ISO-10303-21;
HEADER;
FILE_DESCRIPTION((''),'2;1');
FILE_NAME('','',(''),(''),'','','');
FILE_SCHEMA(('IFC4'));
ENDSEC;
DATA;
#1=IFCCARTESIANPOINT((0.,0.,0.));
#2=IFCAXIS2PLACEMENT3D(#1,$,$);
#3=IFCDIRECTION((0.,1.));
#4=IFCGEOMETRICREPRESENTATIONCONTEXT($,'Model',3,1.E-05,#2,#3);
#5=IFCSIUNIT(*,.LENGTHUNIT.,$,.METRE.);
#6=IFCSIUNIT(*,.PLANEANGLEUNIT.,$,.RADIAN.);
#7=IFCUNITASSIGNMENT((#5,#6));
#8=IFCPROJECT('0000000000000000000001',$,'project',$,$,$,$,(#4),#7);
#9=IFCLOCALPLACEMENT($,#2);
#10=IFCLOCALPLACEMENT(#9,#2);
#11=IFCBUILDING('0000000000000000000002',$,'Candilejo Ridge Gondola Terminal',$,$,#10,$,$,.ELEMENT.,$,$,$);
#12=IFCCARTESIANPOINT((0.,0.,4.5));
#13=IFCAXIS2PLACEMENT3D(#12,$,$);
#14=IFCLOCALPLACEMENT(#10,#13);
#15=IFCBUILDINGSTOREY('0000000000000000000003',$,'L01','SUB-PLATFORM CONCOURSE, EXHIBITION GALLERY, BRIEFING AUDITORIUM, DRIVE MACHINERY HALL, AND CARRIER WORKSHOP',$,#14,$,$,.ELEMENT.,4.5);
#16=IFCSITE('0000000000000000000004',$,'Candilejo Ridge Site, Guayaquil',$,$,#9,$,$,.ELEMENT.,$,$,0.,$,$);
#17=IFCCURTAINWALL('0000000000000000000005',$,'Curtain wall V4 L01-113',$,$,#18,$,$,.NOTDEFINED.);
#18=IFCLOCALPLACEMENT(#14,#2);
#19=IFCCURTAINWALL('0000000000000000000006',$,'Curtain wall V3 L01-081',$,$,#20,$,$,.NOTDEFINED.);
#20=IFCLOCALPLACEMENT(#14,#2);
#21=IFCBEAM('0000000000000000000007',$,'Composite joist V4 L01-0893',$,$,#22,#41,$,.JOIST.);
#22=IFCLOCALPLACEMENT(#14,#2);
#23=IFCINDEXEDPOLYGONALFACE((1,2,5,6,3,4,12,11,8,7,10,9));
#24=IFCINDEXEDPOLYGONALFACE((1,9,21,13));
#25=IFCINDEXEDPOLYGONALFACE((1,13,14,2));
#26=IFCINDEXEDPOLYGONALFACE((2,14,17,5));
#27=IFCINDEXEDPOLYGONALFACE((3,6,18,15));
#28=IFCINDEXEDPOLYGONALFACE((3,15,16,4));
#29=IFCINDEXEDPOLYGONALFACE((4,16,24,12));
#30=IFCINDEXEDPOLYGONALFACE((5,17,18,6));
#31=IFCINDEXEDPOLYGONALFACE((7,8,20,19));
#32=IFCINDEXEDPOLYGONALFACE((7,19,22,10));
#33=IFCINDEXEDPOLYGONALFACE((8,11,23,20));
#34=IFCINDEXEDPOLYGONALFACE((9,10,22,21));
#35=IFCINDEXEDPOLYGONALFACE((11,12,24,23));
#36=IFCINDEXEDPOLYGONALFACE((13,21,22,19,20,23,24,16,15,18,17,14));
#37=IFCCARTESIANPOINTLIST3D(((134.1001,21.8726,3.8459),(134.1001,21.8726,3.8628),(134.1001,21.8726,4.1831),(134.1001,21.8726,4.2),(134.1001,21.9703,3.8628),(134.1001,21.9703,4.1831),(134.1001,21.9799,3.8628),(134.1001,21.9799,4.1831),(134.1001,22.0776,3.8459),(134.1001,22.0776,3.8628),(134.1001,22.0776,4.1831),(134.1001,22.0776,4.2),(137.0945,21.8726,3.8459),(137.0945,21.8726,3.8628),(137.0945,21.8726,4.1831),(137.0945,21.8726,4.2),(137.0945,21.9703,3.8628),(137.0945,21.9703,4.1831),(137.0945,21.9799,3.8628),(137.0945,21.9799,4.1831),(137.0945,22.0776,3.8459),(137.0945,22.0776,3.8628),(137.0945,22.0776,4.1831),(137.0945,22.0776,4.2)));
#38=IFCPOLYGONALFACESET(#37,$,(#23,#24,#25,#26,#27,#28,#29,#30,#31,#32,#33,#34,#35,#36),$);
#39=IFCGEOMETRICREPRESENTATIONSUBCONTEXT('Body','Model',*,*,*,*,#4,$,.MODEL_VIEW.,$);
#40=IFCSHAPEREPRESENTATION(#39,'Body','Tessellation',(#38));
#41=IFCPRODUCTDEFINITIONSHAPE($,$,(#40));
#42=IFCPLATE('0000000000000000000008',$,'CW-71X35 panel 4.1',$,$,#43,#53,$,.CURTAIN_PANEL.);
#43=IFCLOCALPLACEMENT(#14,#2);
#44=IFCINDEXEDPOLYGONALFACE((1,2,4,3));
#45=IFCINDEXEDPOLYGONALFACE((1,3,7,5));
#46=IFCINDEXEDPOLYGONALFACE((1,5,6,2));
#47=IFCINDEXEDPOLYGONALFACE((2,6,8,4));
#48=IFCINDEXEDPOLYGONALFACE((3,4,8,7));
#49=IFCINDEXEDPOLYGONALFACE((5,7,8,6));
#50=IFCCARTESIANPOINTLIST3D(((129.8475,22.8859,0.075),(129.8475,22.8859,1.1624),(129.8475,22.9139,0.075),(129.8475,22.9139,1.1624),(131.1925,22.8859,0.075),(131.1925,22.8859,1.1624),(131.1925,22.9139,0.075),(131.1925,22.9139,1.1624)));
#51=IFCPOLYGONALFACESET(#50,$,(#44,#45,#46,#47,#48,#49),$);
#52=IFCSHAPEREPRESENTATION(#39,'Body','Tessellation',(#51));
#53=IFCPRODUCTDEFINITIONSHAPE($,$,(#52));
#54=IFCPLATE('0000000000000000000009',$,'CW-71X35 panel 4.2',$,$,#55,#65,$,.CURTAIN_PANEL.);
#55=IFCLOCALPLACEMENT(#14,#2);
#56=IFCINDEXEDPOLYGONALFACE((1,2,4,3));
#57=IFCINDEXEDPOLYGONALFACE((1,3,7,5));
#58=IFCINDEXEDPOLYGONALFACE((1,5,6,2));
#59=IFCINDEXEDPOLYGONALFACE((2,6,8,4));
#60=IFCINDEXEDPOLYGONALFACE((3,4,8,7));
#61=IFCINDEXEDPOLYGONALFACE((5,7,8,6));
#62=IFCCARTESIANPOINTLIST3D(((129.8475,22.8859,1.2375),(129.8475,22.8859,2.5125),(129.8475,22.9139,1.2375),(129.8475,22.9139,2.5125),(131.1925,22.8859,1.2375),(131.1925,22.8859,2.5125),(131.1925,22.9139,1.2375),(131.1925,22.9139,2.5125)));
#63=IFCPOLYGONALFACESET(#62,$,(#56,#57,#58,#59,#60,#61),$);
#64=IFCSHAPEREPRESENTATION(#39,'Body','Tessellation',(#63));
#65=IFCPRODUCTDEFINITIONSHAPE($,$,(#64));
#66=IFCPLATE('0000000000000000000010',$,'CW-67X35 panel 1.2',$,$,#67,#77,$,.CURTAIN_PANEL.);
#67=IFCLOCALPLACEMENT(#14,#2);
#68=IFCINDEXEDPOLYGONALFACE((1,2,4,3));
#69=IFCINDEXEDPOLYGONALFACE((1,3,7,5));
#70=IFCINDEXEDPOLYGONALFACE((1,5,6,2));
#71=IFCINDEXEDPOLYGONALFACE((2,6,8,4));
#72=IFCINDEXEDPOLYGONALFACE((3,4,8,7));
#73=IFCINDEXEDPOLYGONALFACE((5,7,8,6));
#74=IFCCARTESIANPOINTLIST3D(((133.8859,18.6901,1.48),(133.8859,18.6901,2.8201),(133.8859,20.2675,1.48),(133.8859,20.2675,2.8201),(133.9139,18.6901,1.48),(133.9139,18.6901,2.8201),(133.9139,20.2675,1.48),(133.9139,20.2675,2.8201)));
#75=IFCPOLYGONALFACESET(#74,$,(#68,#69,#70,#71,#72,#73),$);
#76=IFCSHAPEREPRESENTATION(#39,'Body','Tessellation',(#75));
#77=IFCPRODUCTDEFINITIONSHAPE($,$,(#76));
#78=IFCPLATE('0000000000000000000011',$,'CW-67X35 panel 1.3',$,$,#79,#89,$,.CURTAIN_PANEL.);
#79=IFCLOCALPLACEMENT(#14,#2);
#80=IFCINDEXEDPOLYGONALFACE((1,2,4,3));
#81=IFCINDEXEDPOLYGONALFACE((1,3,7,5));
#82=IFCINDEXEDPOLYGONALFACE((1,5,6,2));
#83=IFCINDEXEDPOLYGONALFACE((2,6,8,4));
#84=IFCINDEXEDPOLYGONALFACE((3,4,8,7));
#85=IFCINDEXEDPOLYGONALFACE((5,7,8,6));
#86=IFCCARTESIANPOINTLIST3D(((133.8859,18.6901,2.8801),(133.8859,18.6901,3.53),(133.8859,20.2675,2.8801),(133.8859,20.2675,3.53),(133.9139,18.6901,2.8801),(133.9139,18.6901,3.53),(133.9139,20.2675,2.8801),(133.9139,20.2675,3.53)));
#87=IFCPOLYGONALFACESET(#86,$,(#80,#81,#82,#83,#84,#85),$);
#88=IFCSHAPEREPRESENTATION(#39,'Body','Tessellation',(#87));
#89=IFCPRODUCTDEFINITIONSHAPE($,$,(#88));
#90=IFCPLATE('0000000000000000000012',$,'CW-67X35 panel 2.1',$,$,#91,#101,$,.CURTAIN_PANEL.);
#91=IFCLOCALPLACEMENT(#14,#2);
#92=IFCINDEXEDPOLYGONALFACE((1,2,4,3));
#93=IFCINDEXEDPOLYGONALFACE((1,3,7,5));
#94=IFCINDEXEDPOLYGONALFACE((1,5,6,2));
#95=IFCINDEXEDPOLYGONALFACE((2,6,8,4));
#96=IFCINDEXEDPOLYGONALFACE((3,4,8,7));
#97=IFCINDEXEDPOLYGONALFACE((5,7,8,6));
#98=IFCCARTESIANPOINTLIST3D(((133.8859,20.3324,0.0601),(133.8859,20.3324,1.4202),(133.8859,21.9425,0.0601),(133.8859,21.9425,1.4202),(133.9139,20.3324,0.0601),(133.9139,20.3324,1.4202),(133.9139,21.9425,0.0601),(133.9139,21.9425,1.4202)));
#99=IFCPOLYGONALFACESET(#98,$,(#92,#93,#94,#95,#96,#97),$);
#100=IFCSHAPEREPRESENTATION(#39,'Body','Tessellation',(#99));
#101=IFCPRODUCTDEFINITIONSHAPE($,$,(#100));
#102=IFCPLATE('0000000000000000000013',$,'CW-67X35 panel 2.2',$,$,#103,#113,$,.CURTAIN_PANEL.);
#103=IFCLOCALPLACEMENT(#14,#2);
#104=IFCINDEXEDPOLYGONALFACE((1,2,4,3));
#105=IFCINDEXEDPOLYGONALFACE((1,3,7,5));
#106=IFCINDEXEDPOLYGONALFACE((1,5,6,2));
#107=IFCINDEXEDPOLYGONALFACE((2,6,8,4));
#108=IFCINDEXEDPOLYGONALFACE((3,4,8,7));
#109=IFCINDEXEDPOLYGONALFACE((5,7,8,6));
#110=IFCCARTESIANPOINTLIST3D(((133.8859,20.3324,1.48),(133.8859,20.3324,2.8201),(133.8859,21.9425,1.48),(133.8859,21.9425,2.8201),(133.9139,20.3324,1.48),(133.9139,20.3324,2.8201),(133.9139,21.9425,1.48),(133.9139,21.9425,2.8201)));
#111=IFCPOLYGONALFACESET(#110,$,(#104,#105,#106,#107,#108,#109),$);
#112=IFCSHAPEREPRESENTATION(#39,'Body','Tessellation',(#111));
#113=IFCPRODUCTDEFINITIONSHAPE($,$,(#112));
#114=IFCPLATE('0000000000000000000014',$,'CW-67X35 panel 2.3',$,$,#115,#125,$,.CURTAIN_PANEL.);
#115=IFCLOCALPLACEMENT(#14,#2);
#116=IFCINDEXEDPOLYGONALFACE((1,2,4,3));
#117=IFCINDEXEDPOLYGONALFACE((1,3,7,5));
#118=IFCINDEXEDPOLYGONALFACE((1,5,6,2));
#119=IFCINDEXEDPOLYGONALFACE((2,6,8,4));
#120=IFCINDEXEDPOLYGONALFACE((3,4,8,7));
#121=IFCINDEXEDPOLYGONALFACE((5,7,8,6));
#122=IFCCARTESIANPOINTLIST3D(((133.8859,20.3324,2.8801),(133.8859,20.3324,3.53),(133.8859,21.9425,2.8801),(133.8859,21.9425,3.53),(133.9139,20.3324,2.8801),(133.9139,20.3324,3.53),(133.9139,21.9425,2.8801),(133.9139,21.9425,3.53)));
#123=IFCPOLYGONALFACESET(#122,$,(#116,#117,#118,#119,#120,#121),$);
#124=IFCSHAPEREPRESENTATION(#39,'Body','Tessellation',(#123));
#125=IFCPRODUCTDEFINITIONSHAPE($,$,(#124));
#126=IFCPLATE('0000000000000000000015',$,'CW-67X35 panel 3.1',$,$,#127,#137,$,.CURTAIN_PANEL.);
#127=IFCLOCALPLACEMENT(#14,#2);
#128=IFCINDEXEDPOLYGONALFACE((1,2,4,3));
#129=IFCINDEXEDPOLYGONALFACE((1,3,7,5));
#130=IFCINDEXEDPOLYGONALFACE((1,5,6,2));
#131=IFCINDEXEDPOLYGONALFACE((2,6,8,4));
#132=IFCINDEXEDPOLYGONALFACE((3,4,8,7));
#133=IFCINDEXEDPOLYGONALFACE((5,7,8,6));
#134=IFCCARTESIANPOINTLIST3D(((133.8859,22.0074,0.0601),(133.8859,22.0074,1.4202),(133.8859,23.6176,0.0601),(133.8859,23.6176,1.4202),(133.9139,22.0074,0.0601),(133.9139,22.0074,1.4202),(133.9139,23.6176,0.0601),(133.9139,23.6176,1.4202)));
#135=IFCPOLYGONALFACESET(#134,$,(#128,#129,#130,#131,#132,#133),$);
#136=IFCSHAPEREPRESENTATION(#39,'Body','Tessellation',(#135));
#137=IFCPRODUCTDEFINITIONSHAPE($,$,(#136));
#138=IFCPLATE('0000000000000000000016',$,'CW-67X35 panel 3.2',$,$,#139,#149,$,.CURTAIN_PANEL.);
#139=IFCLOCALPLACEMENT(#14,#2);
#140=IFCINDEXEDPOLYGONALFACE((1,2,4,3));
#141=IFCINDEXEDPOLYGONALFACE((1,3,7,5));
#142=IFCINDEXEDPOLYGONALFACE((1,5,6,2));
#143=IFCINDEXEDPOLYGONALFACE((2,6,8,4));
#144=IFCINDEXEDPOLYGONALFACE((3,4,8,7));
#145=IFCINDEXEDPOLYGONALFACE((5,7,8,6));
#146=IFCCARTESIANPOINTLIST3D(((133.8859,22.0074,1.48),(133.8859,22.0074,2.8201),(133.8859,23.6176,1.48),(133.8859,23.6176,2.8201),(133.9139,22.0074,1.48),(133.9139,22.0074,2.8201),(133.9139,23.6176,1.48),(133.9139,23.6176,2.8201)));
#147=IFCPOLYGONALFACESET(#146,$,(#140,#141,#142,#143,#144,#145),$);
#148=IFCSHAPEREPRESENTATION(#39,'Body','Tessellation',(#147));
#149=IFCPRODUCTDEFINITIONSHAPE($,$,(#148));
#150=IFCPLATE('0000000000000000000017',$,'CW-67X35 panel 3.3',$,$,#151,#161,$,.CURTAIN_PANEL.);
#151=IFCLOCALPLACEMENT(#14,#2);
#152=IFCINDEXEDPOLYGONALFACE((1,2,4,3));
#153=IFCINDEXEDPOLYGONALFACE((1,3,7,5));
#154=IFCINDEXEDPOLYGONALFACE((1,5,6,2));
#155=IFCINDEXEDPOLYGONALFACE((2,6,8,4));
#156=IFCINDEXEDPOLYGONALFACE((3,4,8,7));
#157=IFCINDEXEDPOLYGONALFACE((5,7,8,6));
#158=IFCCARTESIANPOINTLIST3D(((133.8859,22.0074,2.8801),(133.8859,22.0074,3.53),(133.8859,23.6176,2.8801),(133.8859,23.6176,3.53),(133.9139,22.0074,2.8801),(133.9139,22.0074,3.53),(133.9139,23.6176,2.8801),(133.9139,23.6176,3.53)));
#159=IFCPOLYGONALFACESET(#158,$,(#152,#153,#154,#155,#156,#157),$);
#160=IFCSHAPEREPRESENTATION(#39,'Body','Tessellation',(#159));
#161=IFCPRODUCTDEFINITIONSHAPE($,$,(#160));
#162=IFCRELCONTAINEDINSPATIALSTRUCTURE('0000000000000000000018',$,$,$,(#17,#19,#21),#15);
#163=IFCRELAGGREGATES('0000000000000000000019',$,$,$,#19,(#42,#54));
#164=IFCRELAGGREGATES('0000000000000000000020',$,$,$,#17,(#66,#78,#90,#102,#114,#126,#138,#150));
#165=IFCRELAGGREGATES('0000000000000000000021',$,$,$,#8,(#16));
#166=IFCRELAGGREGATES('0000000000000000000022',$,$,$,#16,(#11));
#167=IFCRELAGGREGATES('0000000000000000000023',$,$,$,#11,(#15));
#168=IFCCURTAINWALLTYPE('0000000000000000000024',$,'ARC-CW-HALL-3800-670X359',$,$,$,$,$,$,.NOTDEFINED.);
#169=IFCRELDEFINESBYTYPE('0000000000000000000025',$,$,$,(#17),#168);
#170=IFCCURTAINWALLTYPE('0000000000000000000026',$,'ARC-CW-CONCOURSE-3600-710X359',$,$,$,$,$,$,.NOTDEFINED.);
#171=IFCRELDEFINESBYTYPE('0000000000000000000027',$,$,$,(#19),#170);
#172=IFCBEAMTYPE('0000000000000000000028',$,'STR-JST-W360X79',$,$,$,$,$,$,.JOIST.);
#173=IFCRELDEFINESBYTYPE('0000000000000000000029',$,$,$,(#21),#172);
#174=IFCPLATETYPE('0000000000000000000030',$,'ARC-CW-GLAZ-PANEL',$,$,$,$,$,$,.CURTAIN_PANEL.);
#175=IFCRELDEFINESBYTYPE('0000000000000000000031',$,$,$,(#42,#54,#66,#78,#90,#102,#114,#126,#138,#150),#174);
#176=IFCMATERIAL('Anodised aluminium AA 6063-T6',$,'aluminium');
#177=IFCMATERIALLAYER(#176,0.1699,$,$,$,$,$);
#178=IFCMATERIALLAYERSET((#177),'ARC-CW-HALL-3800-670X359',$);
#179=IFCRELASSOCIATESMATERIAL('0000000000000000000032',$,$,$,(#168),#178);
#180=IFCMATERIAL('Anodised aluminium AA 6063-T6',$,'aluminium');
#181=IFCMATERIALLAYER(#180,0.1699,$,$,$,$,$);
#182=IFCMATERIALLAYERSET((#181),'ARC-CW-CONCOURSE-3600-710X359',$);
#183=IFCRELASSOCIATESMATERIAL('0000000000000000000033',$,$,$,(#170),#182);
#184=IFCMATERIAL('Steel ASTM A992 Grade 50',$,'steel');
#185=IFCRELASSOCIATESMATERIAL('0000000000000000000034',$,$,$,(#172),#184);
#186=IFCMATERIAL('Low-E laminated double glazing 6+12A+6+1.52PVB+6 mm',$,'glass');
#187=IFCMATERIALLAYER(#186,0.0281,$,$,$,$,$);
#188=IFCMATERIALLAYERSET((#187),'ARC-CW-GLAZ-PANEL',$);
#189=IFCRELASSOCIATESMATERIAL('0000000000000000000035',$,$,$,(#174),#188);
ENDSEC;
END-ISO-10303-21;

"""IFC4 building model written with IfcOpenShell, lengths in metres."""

from ifc_helpers import new_model, si_unit, direction, frame, origin, origin_2d, place, context, subcontext, project, spatial, rectangle, i_section, extrude, material, layer, layer_set, material_profile, profile_set, type_object, element, aggregate, save


model = new_model("IFC4")

# Units and contexts
model_context = context("Model", 3, precision=1e-05, world=origin(), true_north=direction((0.0, 1.0)))
body_context = subcontext(model_context, "Body", "Model", "MODEL_VIEW")
ifc_project = project(units=[si_unit("LENGTHUNIT", "METRE"), si_unit("PLANEANGLEUNIT", "RADIAN")], contexts=[model_context])

# Site, building, storey
site_placement = place(None, origin())
site = spatial("IfcSite", under=ifc_project, at=site_placement, Name="Candilejo Ridge Site, Guayaquil", CompositionType="ELEMENT", RefElevation=0.0)
building_placement = place(site_placement, origin())
building = spatial("IfcBuilding", under=site, at=building_placement, Name="Candilejo Ridge Gondola Terminal", CompositionType="ELEMENT")
storey_placement = place(building_placement, frame((0.0, 0.0, 4.5)))
storey = spatial("IfcBuildingStorey", under=building, at=storey_placement, Name="L01", Description="SUB-PLATFORM CONCOURSE, EXHIBITION GALLERY, BRIEFING AUDITORIUM, DRIVE MACHINERY HALL, AND CARRIER WORKSHOP", CompositionType="ELEMENT", Elevation=4.5)

# Curtain wall
ifc_material_1 = material(Name="Anodised aluminium AA 6063-T6", Category="aluminium")
ifc_layer_1 = layer(ifc_material_1, 0.1699)
ifc_layer_set_1 = layer_set([ifc_layer_1], Name="ARC-CW-HALL-3800-670X359")
curtain_wall_type_1 = type_object("IfcCurtainWallType", Name="ARC-CW-HALL-3800-670X359", PredefinedType="NOTDEFINED", material=ifc_layer_set_1)
curtain_wall_1_placement = place(storey_placement, origin())
curtain_wall_1 = element("IfcCurtainWall", 1, at=curtain_wall_1_placement, inside=storey, type_object=curtain_wall_type_1, Name="Curtain wall V4 L01-113", PredefinedType="NOTDEFINED")

# Curtain wall
ifc_material_2 = material(Name="Anodised aluminium AA 6063-T6", Category="aluminium")
ifc_layer_2 = layer(ifc_material_2, 0.1699)
ifc_layer_set_2 = layer_set([ifc_layer_2], Name="ARC-CW-CONCOURSE-3600-710X359")
curtain_wall_type_2 = type_object("IfcCurtainWallType", Name="ARC-CW-CONCOURSE-3600-710X359", PredefinedType="NOTDEFINED", material=ifc_layer_set_2)
curtain_wall_2_placement = place(storey_placement, origin())
curtain_wall_2 = element("IfcCurtainWall", 2, at=curtain_wall_2_placement, inside=storey, type_object=curtain_wall_type_2, Name="Curtain wall V3 L01-081", PredefinedType="NOTDEFINED")

# Beam
ifc_material_3 = material(Name="Steel ASTM A992 Grade 50", Category="steel")
ifc_material_profile_1 = material_profile(ifc_material_3, i_section(OverallWidth=0.2051, OverallDepth=0.354, WebThickness=0.0095, FlangeThickness=0.0168, at=origin_2d()))
ifc_profile_set_1 = profile_set([ifc_material_profile_1], Name="Steel ASTM A992 Grade 50")
beam_type = type_object("IfcBeamType", Name="STR-JST-W360X79", PredefinedType="JOIST", material=ifc_profile_set_1)
for number, where, z_axis, x_axis, name in (
    (3, (134.1001, 21.9751, 4.0229), (1.0, 0.0, 0.0), (0.0, 1.0, 0.0), "Composite joist V4 L01-0893"),
):
    element("IfcBeam", number, at=place(storey_placement, frame(where, z_axis=z_axis, x_axis=x_axis)), inside=storey, type_object=beam_type, Name=name, PredefinedType="JOIST", context=body_context, shape_type="SweptSolid", body=[
        extrude(i_section(OverallWidth=0.2051, OverallDepth=0.354, WebThickness=0.0095, FlangeThickness=0.0168, at=origin_2d()), origin(), (0.0, 0.0, 1.0), 2.9944),
    ])

# Plates
ifc_material_4 = material(Name="Low-E laminated double glazing 6+12A+6+1.52PVB+6 mm", Category="glass")
ifc_layer_3 = layer(ifc_material_4, 0.0281)
ifc_layer_set_3 = layer_set([ifc_layer_3], Name="ARC-CW-GLAZ-PANEL")
plate_type = type_object("IfcPlateType", Name="ARC-CW-GLAZ-PANEL", PredefinedType="CURTAIN_PANEL", material=ifc_layer_set_3)
plate_1_placement = place(storey_placement, frame((130.52, 22.8999, 0.075), z_axis=(0.0, 0.0, 1.0), x_axis=(1.0, 0.0, 0.0)))
plate_1 = element("IfcPlate", 4, at=plate_1_placement, type_object=plate_type, Name="CW-71X35 panel 4.1", PredefinedType="CURTAIN_PANEL", context=body_context, shape_type="SweptSolid", body=[
    extrude(rectangle(XDim=1.345, YDim=0.0281, at=origin_2d()), origin(), (0.0, 0.0, 1.0), 1.0874),
])
plate_2_placement = place(storey_placement, frame((130.52, 22.8999, 1.2375), z_axis=(0.0, 0.0, 1.0), x_axis=(1.0, 0.0, 0.0)))
plate_2 = element("IfcPlate", 5, at=plate_2_placement, type_object=plate_type, Name="CW-71X35 panel 4.2", PredefinedType="CURTAIN_PANEL", context=body_context, shape_type="SweptSolid", body=[
    extrude(rectangle(XDim=1.345, YDim=0.0281, at=origin_2d()), origin(), (0.0, 0.0, 1.0), 1.2749),
])
aggregate(curtain_wall_2, [plate_1, plate_2])
plate_3_placement = place(storey_placement, frame((133.8999, 19.4788, 1.48), z_axis=(0.0, 0.0, 1.0), x_axis=(0.0, 1.0, 0.0)))
plate_3 = element("IfcPlate", 6, at=plate_3_placement, type_object=plate_type, Name="CW-67X35 panel 1.2", PredefinedType="CURTAIN_PANEL", context=body_context, shape_type="SweptSolid", body=[
    extrude(rectangle(XDim=1.5774, YDim=0.0281, at=origin_2d()), origin(), (0.0, 0.0, 1.0), 1.3401),
])
plate_4_placement = place(storey_placement, frame((133.8999, 19.4788, 2.8801), z_axis=(0.0, 0.0, 1.0), x_axis=(0.0, 1.0, 0.0)))
plate_4 = element("IfcPlate", 7, at=plate_4_placement, type_object=plate_type, Name="CW-67X35 panel 1.3", PredefinedType="CURTAIN_PANEL", context=body_context, shape_type="SweptSolid", body=[
    extrude(rectangle(XDim=1.5774, YDim=0.0281, at=origin_2d()), origin(), (0.0, 0.0, 1.0), 0.6499),
])
plate_5_placement = place(storey_placement, frame((133.8999, 21.1375, 0.0601), z_axis=(0.0, 0.0, 1.0), x_axis=(0.0, 1.0, 0.0)))
plate_5 = element("IfcPlate", 8, at=plate_5_placement, type_object=plate_type, Name="CW-67X35 panel 2.1", PredefinedType="CURTAIN_PANEL", context=body_context, shape_type="SweptSolid", body=[
    extrude(rectangle(XDim=1.6101, YDim=0.0281, at=origin_2d()), origin(), (0.0, 0.0, 1.0), 1.3601),
])
plate_6_placement = place(storey_placement, frame((133.8999, 21.1375, 1.48), z_axis=(0.0, 0.0, 1.0), x_axis=(0.0, 1.0, 0.0)))
plate_6 = element("IfcPlate", 9, at=plate_6_placement, type_object=plate_type, Name="CW-67X35 panel 2.2", PredefinedType="CURTAIN_PANEL", context=body_context, shape_type="SweptSolid", body=[
    extrude(rectangle(XDim=1.6101, YDim=0.0281, at=origin_2d()), origin(), (0.0, 0.0, 1.0), 1.3401),
])
plate_7_placement = place(storey_placement, frame((133.8999, 21.1375, 2.8801), z_axis=(0.0, 0.0, 1.0), x_axis=(0.0, 1.0, 0.0)))
plate_7 = element("IfcPlate", 10, at=plate_7_placement, type_object=plate_type, Name="CW-67X35 panel 2.3", PredefinedType="CURTAIN_PANEL", context=body_context, shape_type="SweptSolid", body=[
    extrude(rectangle(XDim=1.6101, YDim=0.0281, at=origin_2d()), origin(), (0.0, 0.0, 1.0), 0.6499),
])
plate_8_placement = place(storey_placement, frame((133.8999, 22.8125, 0.0601), z_axis=(0.0, 0.0, 1.0), x_axis=(0.0, 1.0, 0.0)))
plate_8 = element("IfcPlate", 11, at=plate_8_placement, type_object=plate_type, Name="CW-67X35 panel 3.1", PredefinedType="CURTAIN_PANEL", context=body_context, shape_type="SweptSolid", body=[
    extrude(rectangle(XDim=1.6101, YDim=0.0281, at=origin_2d()), origin(), (0.0, 0.0, 1.0), 1.3601),
])
plate_9_placement = place(storey_placement, frame((133.8999, 22.8125, 1.48), z_axis=(0.0, 0.0, 1.0), x_axis=(0.0, 1.0, 0.0)))
plate_9 = element("IfcPlate", 12, at=plate_9_placement, type_object=plate_type, Name="CW-67X35 panel 3.2", PredefinedType="CURTAIN_PANEL", context=body_context, shape_type="SweptSolid", body=[
    extrude(rectangle(XDim=1.6101, YDim=0.0281, at=origin_2d()), origin(), (0.0, 0.0, 1.0), 1.3401),
])
plate_10_placement = place(storey_placement, frame((133.8999, 22.8125, 2.8801), z_axis=(0.0, 0.0, 1.0), x_axis=(0.0, 1.0, 0.0)))
plate_10 = element("IfcPlate", 13, at=plate_10_placement, type_object=plate_type, Name="CW-67X35 panel 3.3", PredefinedType="CURTAIN_PANEL", context=body_context, shape_type="SweptSolid", body=[
    extrude(rectangle(XDim=1.6101, YDim=0.0281, at=origin_2d()), origin(), (0.0, 0.0, 1.0), 0.6499),
])
aggregate(curtain_wall_1, [plate_3, plate_4, plate_5, plate_6, plate_7, plate_8, plate_9, plate_10])

save(model, "model.ifc")
